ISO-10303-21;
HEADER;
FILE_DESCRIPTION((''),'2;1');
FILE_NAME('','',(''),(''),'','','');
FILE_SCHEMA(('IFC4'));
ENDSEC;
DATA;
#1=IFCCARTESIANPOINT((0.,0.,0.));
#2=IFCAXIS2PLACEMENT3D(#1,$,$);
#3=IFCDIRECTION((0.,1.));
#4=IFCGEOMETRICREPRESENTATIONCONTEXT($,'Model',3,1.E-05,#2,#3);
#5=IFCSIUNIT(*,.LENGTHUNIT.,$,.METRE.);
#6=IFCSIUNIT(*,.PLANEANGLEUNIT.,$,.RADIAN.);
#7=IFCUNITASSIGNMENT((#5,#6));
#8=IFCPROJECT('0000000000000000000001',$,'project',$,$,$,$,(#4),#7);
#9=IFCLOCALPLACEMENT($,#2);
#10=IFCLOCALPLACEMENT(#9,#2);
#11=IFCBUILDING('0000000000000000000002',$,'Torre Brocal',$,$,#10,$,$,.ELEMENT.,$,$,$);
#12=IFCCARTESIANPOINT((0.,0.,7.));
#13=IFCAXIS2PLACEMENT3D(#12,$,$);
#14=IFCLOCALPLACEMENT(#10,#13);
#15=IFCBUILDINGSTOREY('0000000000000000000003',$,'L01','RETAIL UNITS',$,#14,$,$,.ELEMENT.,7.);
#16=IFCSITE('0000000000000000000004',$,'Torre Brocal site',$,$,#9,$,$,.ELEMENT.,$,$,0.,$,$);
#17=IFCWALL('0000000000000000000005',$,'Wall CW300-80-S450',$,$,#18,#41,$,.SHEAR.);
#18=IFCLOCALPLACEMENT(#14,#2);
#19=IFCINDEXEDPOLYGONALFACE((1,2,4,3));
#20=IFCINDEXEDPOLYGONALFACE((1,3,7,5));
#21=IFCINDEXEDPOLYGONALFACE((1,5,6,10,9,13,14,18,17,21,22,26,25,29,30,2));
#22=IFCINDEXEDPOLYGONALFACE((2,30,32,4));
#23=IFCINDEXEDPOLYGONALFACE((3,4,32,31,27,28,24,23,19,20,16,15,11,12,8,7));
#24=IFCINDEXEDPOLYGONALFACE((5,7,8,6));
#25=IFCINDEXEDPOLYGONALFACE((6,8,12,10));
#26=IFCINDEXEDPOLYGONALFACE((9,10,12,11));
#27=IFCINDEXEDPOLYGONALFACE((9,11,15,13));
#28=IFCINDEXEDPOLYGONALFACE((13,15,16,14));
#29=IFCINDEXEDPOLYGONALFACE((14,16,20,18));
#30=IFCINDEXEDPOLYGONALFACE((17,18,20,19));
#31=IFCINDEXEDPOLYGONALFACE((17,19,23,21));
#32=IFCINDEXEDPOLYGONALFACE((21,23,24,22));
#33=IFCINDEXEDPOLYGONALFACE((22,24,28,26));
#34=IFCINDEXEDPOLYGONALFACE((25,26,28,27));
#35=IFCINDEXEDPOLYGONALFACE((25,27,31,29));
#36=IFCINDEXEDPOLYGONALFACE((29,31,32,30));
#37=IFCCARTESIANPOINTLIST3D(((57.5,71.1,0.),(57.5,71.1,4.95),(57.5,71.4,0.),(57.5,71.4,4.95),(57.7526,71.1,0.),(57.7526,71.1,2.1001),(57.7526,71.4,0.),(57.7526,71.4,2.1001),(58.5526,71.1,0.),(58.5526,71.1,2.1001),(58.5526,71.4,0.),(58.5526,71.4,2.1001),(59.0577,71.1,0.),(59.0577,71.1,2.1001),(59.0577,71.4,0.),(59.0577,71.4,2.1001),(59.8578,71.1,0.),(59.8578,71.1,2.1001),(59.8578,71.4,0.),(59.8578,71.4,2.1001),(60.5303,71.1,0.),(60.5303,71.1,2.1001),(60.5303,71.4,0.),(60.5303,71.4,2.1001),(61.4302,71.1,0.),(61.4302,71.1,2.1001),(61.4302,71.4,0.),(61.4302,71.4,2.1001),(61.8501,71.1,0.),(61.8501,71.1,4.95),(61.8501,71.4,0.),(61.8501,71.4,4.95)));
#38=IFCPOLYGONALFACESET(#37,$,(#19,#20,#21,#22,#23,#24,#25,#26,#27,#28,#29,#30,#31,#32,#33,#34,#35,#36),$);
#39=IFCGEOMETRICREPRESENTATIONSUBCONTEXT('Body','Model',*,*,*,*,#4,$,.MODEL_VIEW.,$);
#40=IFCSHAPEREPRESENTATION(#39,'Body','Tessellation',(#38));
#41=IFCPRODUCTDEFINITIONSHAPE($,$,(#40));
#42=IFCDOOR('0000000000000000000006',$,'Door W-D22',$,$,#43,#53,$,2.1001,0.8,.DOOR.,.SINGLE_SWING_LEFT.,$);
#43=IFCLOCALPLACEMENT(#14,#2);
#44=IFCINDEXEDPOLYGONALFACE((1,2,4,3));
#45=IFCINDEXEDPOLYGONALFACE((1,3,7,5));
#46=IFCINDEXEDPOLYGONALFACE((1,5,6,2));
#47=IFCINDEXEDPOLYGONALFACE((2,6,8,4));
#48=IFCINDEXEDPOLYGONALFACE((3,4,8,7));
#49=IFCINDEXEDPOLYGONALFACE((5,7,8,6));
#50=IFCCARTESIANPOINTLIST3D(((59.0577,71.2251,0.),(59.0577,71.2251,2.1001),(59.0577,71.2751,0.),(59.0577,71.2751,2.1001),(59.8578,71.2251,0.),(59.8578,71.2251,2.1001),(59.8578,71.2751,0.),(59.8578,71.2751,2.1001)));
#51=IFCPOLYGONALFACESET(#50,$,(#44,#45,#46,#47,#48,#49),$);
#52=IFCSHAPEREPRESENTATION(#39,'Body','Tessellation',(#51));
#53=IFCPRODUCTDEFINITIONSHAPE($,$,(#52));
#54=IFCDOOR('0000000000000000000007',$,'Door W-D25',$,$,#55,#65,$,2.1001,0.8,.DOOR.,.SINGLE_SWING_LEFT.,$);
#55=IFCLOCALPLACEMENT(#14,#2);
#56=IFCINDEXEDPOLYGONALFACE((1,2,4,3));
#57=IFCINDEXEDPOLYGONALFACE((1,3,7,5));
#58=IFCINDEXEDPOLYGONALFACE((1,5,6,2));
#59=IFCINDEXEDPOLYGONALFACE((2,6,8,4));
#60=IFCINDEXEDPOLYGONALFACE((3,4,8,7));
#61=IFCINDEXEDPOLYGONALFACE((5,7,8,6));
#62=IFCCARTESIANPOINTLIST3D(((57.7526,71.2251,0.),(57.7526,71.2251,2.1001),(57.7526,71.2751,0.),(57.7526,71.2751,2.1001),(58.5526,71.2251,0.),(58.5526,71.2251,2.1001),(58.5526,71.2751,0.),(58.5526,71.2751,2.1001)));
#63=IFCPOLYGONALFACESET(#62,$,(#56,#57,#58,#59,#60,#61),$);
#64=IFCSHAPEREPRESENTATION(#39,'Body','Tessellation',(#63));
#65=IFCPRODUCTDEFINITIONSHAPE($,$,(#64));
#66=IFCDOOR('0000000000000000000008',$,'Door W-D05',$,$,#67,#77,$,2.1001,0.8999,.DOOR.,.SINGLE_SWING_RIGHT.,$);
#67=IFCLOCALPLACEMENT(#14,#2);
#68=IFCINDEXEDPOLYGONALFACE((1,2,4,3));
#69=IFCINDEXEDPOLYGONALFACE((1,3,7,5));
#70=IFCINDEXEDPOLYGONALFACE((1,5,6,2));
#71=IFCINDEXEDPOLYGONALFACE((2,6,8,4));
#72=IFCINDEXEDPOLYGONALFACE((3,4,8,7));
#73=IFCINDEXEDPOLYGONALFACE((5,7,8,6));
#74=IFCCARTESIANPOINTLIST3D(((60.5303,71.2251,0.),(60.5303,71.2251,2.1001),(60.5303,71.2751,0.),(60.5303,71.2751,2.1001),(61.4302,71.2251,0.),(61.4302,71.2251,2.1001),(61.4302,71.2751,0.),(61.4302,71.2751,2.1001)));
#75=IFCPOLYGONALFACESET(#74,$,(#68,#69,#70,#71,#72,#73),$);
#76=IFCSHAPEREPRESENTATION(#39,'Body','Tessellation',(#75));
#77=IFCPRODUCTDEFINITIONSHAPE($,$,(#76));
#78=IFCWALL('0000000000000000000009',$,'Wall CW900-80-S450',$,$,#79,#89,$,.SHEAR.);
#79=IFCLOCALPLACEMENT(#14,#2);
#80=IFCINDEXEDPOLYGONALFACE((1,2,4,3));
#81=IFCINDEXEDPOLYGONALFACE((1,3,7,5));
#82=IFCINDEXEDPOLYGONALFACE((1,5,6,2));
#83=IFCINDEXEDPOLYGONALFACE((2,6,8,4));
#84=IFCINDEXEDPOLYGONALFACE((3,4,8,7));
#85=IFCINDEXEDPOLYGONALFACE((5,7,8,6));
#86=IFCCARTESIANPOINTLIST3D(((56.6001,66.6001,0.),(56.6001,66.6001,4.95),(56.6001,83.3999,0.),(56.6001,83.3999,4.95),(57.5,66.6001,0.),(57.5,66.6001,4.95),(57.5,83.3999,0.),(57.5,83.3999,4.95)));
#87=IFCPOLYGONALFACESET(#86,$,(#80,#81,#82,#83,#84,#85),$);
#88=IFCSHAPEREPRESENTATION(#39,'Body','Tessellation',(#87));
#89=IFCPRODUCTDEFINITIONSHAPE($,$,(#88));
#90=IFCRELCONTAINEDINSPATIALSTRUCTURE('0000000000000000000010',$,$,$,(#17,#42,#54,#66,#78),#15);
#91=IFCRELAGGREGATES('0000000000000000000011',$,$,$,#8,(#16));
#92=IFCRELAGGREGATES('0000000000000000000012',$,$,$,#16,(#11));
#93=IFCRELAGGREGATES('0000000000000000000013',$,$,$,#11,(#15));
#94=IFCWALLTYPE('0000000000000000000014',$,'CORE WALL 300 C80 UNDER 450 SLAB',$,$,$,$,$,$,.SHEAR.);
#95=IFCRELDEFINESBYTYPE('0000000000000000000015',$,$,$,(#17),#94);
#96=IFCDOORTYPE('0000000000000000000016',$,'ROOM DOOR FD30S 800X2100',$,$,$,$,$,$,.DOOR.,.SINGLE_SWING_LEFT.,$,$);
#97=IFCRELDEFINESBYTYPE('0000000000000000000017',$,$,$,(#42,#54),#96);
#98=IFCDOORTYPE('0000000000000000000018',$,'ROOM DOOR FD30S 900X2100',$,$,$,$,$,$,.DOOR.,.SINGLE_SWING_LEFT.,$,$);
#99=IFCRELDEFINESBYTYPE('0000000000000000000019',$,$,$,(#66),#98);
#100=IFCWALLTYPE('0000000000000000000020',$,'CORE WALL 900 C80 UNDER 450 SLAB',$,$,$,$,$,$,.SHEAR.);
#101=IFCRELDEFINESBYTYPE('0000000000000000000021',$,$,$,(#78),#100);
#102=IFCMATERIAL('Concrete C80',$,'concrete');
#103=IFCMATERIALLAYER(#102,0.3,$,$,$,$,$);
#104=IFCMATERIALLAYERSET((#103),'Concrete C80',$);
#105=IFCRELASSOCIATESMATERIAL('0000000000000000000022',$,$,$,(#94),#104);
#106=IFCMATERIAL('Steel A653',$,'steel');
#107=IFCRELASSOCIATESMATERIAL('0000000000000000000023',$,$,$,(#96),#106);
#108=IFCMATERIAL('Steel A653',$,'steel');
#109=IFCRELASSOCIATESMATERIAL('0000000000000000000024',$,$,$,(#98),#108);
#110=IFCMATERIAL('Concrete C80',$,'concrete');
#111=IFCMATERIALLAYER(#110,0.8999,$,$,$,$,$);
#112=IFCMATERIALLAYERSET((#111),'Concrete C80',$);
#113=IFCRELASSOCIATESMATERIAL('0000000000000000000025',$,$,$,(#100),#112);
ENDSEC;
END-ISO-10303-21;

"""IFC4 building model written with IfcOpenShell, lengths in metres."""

from ifc_helpers import new_model, si_unit, direction, frame, frame_2d, origin, place, context, subcontext, project, spatial, rectangle, extrude, material, layer, layer_set, type_object, element, fill, save


model = new_model("IFC4")

# Units and contexts
model_context = context("Model", 3, precision=1e-05, world=origin(), true_north=direction((0.0, 1.0)))
body_context = subcontext(model_context, "Body", "Model", "MODEL_VIEW")
ifc_project = project(units=[si_unit("LENGTHUNIT", "METRE"), si_unit("PLANEANGLEUNIT", "RADIAN")], contexts=[model_context])

# Site, building, storey
site_placement = place(None, origin())
site = spatial("IfcSite", under=ifc_project, at=site_placement, Name="Torre Brocal site", CompositionType="ELEMENT", RefElevation=0.0)
building_placement = place(site_placement, origin())
building = spatial("IfcBuilding", under=site, at=building_placement, Name="Torre Brocal", CompositionType="ELEMENT")
storey_placement = place(building_placement, frame((0.0, 0.0, 7.0)))
storey = spatial("IfcBuildingStorey", under=building, at=storey_placement, Name="L01", Description="RETAIL UNITS", CompositionType="ELEMENT", Elevation=7.0)

# Shared definitions
ifc_material_1 = material(Name="Concrete C80", Category="concrete")
ifc_layer_1 = layer(ifc_material_1, 0.3)
ifc_layer_set_1 = layer_set([ifc_layer_1], Name="Concrete C80")
wall_type_1 = type_object("IfcWallType", Name="CORE WALL 300 C80 UNDER 450 SLAB", PredefinedType="SHEAR", material=ifc_layer_set_1)

# Wall, openings, doors
wall_1_placement = place(storey_placement, frame((61.8501, 71.25, 0.0), z_axis=(0.0, 0.0, 1.0), x_axis=(-1.0, 0.0, 0.0)))
wall_1 = element("IfcWall", 1, at=wall_1_placement, inside=storey, type_object=wall_type_1, Name="Wall CW300-80-S450", PredefinedType="SHEAR", context=body_context, shape_type="SweptSolid", body=[
    extrude(rectangle(XDim=4.3501, YDim=0.3, at=frame_2d((2.175, 0.0))), origin(), (0.0, 0.0, 1.0), 4.95),
])
opening_1_placement = place(wall_1_placement, frame((0.4199, 0.0, 0.0)))
opening_1 = element("IfcOpeningElement", 2, at=opening_1_placement, cuts=wall_1, PredefinedType="OPENING", context=body_context, shape_type="SweptSolid", body=[
    extrude(rectangle(XDim=0.8999, YDim=2.1001, at=frame_2d((0.45, 1.05))), frame((0.0, 0.1599, 0.0), z_axis=(0.0, -1.0, 0.0), x_axis=(1.0, 0.0, 0.0)), (0.0, 0.0, 1.0), 0.3201),
])
opening_2_placement = place(wall_1_placement, frame((1.9924, 0.0, 0.0)))
opening_2 = element("IfcOpeningElement", 3, at=opening_2_placement, cuts=wall_1, PredefinedType="OPENING", context=body_context, shape_type="SweptSolid", body=[
    extrude(rectangle(XDim=0.8, YDim=2.1001, at=frame_2d((0.3999, 1.05))), frame((0.0, 0.1599, 0.0), z_axis=(0.0, -1.0, 0.0), x_axis=(1.0, 0.0, 0.0)), (0.0, 0.0, 1.0), 0.3201),
])
opening_3_placement = place(wall_1_placement, frame((3.2976, 0.0, 0.0)))
opening_3 = element("IfcOpeningElement", 4, at=opening_3_placement, cuts=wall_1, PredefinedType="OPENING", context=body_context, shape_type="SweptSolid", body=[
    extrude(rectangle(XDim=0.8, YDim=2.1001, at=frame_2d((0.3999, 1.05))), frame((0.0, 0.1599, 0.0), z_axis=(0.0, -1.0, 0.0), x_axis=(1.0, 0.0, 0.0)), (0.0, 0.0, 1.0), 0.3201),
])
ifc_material_2 = material(Name="Steel A653", Category="steel")
door_type_1 = type_object("IfcDoorType", Name="ROOM DOOR FD30S 800X2100", OperationType="SINGLE_SWING_LEFT", PredefinedType="DOOR", material=ifc_material_2)
door_1_placement = place(opening_2_placement, origin())
door_1 = element("IfcDoor", 5, at=door_1_placement, inside=storey, type_object=door_type_1, Name="Door W-D22", OperationType="SINGLE_SWING_LEFT", OverallHeight=2.1001, OverallWidth=0.8, PredefinedType="DOOR", context=body_context, shape_type="SweptSolid", body=[
    extrude(rectangle(XDim=0.8, YDim=2.1001, at=frame_2d((0.3999, 1.05))), frame((0.0, 0.0249, 0.0), z_axis=(0.0, -1.0, 0.0), x_axis=(1.0, 0.0, 0.0)), (0.0, 0.0, 1.0), 0.05),
])
fill(opening_2, door_1)
door_2_placement = place(opening_3_placement, origin())
door_2 = element("IfcDoor", 6, at=door_2_placement, inside=storey, type_object=door_type_1, Name="Door W-D25", OperationType="SINGLE_SWING_LEFT", OverallHeight=2.1001, OverallWidth=0.8, PredefinedType="DOOR", context=body_context, shape_type="SweptSolid", body=[
    extrude(rectangle(XDim=0.8, YDim=2.1001, at=frame_2d((0.3999, 1.05))), frame((0.0, 0.0249, 0.0), z_axis=(0.0, -1.0, 0.0), x_axis=(1.0, 0.0, 0.0)), (0.0, 0.0, 1.0), 0.05),
])
fill(opening_3, door_2)
ifc_material_3 = material(Name="Steel A653", Category="steel")
door_type_2 = type_object("IfcDoorType", Name="ROOM DOOR FD30S 900X2100", OperationType="SINGLE_SWING_LEFT", PredefinedType="DOOR", material=ifc_material_3)
door_3_placement = place(opening_1_placement, origin())
door_3 = element("IfcDoor", 7, at=door_3_placement, inside=storey, type_object=door_type_2, Name="Door W-D05", OperationType="SINGLE_SWING_RIGHT", OverallHeight=2.1001, OverallWidth=0.8999, PredefinedType="DOOR", context=body_context, shape_type="SweptSolid", body=[
    extrude(rectangle(XDim=0.8999, YDim=2.1001, at=frame_2d((0.45, 1.05))), frame((0.0, 0.0249, 0.0), z_axis=(0.0, -1.0, 0.0), x_axis=(1.0, 0.0, 0.0)), (0.0, 0.0, 1.0), 0.05),
])
fill(opening_1, door_3)

# Wall
ifc_material_4 = material(Name="Concrete C80", Category="concrete")
ifc_layer_2 = layer(ifc_material_4, 0.8999)
ifc_layer_set_2 = layer_set([ifc_layer_2], Name="Concrete C80")
wall_type_2 = type_object("IfcWallType", Name="CORE WALL 900 C80 UNDER 450 SLAB", PredefinedType="SHEAR", material=ifc_layer_set_2)
wall_2_placement = place(storey_placement, frame((57.05, 83.3999, 0.0), z_axis=(0.0, 0.0, 1.0), x_axis=(0.0, -1.0, 0.0)))
element("IfcWall", 8, at=wall_2_placement, inside=storey, type_object=wall_type_2, Name="Wall CW900-80-S450", PredefinedType="SHEAR", context=body_context, shape_type="SweptSolid", body=[
    extrude(rectangle(XDim=16.7998, YDim=0.8999, at=frame_2d((8.3999, 0.0))), origin(), (0.0, 0.0, 1.0), 4.95),
])

save(model, "model.ifc")
